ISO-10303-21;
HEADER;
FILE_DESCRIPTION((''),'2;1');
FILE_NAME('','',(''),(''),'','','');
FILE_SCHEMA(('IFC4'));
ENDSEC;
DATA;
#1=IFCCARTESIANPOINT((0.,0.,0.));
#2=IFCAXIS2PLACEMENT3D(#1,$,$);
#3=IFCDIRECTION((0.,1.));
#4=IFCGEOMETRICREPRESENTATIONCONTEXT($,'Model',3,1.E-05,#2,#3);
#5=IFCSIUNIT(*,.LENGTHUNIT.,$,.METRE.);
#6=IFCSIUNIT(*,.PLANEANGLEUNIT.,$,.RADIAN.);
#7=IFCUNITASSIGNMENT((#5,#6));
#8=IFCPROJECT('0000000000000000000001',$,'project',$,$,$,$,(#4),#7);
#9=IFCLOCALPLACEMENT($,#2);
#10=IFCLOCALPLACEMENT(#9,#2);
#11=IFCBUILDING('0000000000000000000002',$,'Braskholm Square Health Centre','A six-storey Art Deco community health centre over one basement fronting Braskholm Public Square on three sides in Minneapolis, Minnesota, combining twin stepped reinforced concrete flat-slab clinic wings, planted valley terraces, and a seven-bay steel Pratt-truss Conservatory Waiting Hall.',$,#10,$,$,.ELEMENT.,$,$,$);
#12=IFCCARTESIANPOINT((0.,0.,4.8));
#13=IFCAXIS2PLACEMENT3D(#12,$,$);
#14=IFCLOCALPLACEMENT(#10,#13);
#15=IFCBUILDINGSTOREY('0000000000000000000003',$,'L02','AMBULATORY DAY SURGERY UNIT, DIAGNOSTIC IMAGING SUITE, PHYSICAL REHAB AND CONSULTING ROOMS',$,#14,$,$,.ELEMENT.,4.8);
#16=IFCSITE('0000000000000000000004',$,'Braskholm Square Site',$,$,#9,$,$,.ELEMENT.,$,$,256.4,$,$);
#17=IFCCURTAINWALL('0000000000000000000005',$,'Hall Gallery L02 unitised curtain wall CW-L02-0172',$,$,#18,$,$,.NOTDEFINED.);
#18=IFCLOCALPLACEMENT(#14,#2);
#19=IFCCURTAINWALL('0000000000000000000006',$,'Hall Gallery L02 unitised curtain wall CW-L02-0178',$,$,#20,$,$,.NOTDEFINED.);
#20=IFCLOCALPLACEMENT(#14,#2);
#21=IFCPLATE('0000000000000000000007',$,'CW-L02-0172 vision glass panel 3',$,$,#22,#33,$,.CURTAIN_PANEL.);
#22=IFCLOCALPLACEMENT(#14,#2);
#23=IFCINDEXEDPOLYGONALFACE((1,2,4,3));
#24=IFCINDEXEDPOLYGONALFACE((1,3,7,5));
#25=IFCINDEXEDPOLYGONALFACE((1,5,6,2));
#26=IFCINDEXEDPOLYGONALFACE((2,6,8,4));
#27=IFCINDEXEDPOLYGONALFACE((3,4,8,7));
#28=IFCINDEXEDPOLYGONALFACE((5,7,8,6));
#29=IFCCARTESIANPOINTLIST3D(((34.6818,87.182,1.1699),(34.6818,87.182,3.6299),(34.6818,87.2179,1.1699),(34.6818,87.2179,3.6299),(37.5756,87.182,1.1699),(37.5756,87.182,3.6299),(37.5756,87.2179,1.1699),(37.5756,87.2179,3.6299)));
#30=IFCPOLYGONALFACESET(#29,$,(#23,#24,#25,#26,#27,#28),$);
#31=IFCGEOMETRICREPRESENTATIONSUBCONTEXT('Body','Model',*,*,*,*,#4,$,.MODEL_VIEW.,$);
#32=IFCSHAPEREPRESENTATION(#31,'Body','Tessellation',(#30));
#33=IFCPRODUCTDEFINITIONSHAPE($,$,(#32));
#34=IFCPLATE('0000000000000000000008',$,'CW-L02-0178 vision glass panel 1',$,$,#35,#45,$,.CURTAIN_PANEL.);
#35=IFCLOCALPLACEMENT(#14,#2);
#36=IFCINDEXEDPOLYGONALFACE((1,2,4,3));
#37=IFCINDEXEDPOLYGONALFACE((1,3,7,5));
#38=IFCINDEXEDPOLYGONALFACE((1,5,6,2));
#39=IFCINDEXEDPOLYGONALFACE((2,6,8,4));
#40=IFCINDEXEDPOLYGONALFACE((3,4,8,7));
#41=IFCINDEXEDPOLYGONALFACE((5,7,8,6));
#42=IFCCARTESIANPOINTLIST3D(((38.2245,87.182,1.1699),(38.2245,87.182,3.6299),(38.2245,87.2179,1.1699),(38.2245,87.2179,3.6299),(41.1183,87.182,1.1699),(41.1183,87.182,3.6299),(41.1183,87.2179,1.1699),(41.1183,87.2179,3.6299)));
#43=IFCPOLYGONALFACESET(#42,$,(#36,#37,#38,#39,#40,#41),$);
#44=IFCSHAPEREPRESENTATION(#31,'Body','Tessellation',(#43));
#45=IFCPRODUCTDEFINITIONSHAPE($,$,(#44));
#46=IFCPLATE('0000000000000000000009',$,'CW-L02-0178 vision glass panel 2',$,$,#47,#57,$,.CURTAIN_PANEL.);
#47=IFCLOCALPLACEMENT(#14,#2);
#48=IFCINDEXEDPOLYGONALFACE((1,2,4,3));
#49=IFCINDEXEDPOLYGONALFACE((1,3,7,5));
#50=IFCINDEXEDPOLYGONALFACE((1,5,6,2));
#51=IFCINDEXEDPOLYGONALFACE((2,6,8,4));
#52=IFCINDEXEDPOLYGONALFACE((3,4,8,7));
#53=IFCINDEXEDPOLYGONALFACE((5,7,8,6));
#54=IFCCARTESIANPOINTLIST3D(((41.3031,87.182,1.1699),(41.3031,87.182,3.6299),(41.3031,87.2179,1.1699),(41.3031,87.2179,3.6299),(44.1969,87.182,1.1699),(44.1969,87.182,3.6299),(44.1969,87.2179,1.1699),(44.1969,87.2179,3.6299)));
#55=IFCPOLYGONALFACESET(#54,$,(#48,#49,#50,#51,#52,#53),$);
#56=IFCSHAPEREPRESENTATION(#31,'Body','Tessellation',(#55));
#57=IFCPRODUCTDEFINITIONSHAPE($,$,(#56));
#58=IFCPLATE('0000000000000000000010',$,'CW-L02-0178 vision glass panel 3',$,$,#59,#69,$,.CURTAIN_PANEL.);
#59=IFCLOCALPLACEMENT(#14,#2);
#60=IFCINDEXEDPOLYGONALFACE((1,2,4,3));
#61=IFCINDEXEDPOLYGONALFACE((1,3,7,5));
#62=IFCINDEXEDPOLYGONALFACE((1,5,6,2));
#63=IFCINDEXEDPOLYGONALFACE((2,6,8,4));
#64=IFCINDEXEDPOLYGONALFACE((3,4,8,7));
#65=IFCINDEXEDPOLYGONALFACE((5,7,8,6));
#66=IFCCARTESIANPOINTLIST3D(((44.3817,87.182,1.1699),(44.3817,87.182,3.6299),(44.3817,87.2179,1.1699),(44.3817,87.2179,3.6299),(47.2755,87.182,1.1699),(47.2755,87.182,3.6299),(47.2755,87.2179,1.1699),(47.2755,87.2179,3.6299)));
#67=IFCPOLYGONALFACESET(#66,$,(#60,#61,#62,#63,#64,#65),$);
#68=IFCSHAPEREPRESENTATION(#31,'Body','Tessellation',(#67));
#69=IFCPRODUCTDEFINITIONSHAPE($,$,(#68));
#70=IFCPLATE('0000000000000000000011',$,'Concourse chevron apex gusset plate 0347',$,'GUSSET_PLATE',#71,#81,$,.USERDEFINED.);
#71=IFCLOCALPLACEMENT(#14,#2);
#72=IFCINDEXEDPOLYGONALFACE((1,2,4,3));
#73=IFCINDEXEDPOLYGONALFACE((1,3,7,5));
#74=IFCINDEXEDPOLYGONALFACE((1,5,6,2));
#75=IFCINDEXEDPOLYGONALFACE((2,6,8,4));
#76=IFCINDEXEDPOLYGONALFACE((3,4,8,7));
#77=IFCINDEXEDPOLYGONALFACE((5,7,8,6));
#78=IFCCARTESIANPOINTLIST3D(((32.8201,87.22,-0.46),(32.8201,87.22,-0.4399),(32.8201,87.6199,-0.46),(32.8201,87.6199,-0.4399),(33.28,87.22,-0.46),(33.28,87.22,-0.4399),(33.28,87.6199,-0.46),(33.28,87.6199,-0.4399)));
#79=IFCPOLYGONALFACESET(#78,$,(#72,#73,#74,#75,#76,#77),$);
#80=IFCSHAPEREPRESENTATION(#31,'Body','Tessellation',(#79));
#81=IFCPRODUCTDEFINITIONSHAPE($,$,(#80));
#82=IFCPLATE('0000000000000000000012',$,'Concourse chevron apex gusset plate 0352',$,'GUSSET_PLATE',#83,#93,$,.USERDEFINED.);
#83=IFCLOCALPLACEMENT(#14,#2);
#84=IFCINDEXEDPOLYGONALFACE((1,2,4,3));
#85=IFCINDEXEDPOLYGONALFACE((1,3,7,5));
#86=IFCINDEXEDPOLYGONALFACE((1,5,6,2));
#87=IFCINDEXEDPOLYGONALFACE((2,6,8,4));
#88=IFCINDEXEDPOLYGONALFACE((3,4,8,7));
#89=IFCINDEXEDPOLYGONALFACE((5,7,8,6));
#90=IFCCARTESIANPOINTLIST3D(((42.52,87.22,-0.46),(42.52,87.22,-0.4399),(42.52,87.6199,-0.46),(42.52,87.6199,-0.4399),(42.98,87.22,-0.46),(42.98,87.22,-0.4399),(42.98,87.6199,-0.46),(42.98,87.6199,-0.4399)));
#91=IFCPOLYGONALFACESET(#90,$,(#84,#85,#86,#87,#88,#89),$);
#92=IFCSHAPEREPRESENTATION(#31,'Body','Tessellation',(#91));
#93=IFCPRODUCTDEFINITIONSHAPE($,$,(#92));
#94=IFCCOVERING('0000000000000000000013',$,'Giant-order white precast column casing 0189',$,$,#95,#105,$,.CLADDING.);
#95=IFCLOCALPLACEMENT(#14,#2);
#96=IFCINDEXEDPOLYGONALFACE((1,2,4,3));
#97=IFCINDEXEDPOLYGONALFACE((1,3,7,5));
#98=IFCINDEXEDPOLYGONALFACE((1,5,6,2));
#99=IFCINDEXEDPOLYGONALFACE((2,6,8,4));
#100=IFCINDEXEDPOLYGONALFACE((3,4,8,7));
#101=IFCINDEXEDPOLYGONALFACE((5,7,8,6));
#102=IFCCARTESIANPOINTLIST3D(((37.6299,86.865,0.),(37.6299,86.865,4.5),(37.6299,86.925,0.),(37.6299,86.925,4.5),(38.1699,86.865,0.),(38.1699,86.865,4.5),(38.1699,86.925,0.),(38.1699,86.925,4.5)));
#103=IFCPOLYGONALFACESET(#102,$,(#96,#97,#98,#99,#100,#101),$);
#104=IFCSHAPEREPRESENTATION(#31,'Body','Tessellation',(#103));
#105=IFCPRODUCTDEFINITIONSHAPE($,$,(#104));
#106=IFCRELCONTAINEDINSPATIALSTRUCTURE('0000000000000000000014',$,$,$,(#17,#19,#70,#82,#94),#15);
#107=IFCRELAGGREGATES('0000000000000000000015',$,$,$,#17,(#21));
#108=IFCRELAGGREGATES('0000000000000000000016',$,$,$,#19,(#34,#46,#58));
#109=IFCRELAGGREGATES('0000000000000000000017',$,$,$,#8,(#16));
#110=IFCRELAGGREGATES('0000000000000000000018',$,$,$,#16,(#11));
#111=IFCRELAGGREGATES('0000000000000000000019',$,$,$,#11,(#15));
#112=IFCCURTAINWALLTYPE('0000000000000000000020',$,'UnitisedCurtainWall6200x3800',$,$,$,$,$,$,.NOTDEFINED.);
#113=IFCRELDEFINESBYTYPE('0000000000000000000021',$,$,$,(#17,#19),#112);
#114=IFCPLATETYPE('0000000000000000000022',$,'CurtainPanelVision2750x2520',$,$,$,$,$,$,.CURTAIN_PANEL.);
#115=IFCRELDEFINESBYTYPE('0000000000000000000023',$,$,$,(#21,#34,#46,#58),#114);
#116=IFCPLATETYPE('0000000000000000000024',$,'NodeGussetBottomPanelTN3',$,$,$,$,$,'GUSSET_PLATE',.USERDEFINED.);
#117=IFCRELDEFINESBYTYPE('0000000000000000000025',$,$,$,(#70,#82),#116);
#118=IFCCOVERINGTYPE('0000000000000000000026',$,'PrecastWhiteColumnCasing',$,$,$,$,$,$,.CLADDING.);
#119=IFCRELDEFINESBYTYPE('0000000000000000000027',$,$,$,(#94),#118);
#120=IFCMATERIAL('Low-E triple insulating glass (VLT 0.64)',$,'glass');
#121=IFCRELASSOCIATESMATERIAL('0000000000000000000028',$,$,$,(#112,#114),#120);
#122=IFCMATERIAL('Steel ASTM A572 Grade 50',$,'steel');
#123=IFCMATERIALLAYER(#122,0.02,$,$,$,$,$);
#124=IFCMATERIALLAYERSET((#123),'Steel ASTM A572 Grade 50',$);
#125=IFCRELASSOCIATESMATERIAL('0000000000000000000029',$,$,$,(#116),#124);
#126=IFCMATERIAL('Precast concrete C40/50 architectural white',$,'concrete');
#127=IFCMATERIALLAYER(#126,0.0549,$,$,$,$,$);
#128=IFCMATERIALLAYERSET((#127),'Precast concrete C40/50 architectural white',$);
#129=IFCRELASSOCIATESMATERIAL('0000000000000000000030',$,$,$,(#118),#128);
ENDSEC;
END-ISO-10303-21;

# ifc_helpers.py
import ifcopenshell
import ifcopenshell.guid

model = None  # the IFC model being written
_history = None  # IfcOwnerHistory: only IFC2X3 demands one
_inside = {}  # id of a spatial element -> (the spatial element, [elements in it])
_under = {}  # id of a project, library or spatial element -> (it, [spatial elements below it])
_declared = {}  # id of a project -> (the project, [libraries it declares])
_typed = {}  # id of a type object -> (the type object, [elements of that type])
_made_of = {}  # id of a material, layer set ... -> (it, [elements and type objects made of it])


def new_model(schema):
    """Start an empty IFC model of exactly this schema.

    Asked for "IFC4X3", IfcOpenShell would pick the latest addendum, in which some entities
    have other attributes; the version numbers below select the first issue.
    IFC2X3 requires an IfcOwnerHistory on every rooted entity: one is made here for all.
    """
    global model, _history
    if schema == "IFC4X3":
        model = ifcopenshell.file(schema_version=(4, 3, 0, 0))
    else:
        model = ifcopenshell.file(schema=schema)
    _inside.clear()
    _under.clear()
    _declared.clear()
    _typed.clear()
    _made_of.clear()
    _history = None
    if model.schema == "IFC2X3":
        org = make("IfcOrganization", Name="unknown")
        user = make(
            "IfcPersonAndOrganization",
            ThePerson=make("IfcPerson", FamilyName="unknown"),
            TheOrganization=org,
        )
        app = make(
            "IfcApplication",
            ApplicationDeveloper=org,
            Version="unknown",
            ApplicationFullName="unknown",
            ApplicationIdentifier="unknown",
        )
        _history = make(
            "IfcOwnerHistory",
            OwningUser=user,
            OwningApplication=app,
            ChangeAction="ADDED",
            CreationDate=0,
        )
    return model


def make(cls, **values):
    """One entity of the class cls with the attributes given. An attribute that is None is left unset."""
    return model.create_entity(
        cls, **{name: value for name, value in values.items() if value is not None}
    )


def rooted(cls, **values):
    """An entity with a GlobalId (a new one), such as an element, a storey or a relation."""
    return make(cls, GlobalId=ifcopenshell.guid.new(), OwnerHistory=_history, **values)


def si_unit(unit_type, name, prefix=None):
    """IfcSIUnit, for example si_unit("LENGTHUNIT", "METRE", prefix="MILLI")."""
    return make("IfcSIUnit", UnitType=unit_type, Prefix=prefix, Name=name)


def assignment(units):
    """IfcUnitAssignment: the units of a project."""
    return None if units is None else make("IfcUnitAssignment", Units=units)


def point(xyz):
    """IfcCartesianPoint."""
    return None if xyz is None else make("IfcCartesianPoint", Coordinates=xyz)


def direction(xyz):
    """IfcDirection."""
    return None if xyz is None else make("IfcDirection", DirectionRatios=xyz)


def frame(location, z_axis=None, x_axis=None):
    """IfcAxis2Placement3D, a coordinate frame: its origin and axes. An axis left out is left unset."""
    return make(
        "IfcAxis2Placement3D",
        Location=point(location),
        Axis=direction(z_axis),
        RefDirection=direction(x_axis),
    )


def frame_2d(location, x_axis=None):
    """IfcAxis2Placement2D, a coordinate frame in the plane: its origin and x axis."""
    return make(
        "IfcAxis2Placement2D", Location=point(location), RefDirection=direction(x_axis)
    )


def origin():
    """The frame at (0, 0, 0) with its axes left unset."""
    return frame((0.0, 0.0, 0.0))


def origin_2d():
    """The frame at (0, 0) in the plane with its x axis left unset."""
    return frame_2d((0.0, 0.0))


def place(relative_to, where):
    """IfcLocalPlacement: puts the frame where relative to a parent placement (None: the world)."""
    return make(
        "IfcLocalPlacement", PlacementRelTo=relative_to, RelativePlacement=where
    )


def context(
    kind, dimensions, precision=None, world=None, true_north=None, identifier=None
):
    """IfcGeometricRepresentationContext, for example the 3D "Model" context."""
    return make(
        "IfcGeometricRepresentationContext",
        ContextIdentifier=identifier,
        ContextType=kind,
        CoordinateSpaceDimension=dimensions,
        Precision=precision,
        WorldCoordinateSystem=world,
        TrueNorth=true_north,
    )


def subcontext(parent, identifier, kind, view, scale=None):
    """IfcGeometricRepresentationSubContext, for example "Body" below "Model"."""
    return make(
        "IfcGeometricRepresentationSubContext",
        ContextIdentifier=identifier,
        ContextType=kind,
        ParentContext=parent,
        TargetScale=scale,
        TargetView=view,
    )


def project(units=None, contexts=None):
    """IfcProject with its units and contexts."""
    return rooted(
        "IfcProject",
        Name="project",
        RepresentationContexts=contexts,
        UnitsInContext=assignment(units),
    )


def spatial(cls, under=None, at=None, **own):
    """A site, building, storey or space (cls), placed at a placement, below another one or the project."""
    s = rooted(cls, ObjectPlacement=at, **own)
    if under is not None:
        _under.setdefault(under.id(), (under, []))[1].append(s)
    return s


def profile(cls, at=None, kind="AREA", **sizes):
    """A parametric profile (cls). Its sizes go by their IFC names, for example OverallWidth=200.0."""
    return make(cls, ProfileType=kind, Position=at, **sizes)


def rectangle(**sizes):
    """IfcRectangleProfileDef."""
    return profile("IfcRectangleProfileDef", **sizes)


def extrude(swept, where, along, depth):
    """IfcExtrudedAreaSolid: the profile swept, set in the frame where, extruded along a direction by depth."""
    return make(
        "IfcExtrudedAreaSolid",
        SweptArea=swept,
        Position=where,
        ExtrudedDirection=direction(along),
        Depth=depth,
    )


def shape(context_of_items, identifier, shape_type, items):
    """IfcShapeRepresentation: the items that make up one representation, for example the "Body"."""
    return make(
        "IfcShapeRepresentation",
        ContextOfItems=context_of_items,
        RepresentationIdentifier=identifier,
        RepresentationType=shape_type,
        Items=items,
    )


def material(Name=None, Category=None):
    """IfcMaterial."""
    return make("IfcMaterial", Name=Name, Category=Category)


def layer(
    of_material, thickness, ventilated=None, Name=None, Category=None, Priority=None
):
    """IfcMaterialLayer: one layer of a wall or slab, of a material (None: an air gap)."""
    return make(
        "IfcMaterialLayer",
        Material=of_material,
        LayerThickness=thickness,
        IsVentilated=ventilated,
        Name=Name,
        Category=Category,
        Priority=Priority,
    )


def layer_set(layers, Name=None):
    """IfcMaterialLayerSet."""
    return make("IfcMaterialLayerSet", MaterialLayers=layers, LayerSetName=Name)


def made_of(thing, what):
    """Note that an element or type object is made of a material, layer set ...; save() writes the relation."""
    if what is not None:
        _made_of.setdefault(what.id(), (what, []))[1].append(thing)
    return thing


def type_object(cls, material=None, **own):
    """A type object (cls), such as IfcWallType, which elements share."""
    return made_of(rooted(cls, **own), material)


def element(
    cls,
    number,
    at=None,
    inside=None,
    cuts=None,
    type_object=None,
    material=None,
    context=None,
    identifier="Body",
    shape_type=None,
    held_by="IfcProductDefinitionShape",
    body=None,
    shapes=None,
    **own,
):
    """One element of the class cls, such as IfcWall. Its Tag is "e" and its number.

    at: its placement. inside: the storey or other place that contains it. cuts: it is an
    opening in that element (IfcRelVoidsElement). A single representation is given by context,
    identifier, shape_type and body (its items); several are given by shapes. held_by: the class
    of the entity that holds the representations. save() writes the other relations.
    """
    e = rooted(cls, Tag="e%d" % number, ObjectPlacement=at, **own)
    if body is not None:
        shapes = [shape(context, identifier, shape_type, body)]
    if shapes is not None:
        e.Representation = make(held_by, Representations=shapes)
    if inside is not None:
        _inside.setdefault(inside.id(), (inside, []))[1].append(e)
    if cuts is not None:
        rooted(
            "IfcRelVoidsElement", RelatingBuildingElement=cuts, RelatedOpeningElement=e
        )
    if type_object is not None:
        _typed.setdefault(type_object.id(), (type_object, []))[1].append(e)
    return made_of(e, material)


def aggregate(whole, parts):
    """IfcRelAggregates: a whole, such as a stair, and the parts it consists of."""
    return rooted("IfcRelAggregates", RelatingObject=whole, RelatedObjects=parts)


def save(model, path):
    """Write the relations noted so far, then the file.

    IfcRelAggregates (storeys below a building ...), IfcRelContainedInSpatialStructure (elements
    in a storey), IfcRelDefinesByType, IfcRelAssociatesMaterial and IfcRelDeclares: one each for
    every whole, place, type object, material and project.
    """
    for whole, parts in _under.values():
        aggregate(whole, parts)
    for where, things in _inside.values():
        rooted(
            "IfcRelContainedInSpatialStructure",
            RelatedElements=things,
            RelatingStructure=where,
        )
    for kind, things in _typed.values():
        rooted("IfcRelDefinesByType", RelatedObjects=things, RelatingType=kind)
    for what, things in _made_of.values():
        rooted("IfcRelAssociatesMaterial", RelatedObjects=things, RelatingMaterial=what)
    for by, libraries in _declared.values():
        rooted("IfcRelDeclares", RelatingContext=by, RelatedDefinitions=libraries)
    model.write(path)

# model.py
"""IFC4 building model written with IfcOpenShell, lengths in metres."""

from ifc_helpers import new_model, si_unit, direction, frame, origin, origin_2d, place, context, subcontext, project, spatial, rectangle, extrude, material, layer, layer_set, type_object, element, aggregate, save


model = new_model("IFC4")

# Units and contexts
model_context = context("Model", 3, precision=1e-05, world=origin(), true_north=direction((0.0, 1.0)))
body_context = subcontext(model_context, "Body", "Model", "MODEL_VIEW")
ifc_project = project(units=[si_unit("LENGTHUNIT", "METRE"), si_unit("PLANEANGLEUNIT", "RADIAN")], contexts=[model_context])

# Site, building, storey
site_placement = place(None, origin())
site = spatial("IfcSite", under=ifc_project, at=site_placement, Name="Braskholm Square Site", CompositionType="ELEMENT", RefElevation=256.4)
building_placement = place(site_placement, origin())
building = spatial("IfcBuilding", under=site, at=building_placement, Name="Braskholm Square Health Centre", Description="A six-storey Art Deco community health centre over one basement fronting Braskholm Public Square on three sides in Minneapolis, Minnesota, combining twin stepped reinforced concrete flat-slab clinic wings, planted valley terraces, and a seven-bay steel Pratt-truss Conservatory Waiting Hall.", CompositionType="ELEMENT")
storey_placement = place(building_placement, frame((0.0, 0.0, 4.8)))
storey = spatial("IfcBuildingStorey", under=building, at=storey_placement, Name="L02", Description="AMBULATORY DAY SURGERY UNIT, DIAGNOSTIC IMAGING SUITE, PHYSICAL REHAB AND CONSULTING ROOMS", CompositionType="ELEMENT", Elevation=4.8)

# Shared definitions
ifc_material_1 = material(Name="Precast concrete C40/50 architectural white", Category="concrete")

# Curtain walls
ifc_material_2 = material(Name="Low-E triple insulating glass (VLT 0.64)", Category="glass")
curtain_wall_type = type_object("IfcCurtainWallType", Name="UnitisedCurtainWall6200x3800", PredefinedType="NOTDEFINED", material=ifc_material_2)
curtain_wall_1_placement = place(storey_placement, origin())
curtain_wall_1 = element("IfcCurtainWall", 1, at=curtain_wall_1_placement, inside=storey, type_object=curtain_wall_type, Name="Hall Gallery L02 unitised curtain wall CW-L02-0172", PredefinedType="NOTDEFINED")
curtain_wall_2_placement = place(storey_placement, origin())
curtain_wall_2 = element("IfcCurtainWall", 2, at=curtain_wall_2_placement, inside=storey, type_object=curtain_wall_type, Name="Hall Gallery L02 unitised curtain wall CW-L02-0178", PredefinedType="NOTDEFINED")

# Shared definitions
ifc_material_3 = material(Name="Steel ASTM A572 Grade 50", Category="steel")

# Plates
plate_type_1 = type_object("IfcPlateType", Name="CurtainPanelVision2750x2520", PredefinedType="CURTAIN_PANEL", material=ifc_material_2)
plate_1_placement = place(storey_placement, frame((36.1287, 87.2, 1.1699), z_axis=(0.0, 0.0, 1.0), x_axis=(1.0, 0.0, 0.0)))
plate_1 = element("IfcPlate", 3, at=plate_1_placement, type_object=plate_type_1, Name="CW-L02-0172 vision glass panel 3", PredefinedType="CURTAIN_PANEL", context=body_context, shape_type="SweptSolid", body=[
    extrude(rectangle(XDim=2.8938, YDim=0.0359, at=origin_2d()), origin(), (0.0, 0.0, 1.0), 2.46),
])
aggregate(curtain_wall_1, [plate_1])
plate_2_placement = place(storey_placement, frame((39.6714, 87.2, 1.1699), z_axis=(0.0, 0.0, 1.0), x_axis=(1.0, 0.0, 0.0)))
plate_2 = element("IfcPlate", 4, at=plate_2_placement, type_object=plate_type_1, Name="CW-L02-0178 vision glass panel 1", PredefinedType="CURTAIN_PANEL", context=body_context, shape_type="SweptSolid", body=[
    extrude(rectangle(XDim=2.8938, YDim=0.0359, at=origin_2d()), origin(), (0.0, 0.0, 1.0), 2.46),
])
plate_3_placement = place(storey_placement, frame((42.75, 87.2, 1.1699), z_axis=(0.0, 0.0, 1.0), x_axis=(1.0, 0.0, 0.0)))
plate_3 = element("IfcPlate", 5, at=plate_3_placement, type_object=plate_type_1, Name="CW-L02-0178 vision glass panel 2", PredefinedType="CURTAIN_PANEL", context=body_context, shape_type="SweptSolid", body=[
    extrude(rectangle(XDim=2.8938, YDim=0.0359, at=origin_2d()), origin(), (0.0, 0.0, 1.0), 2.46),
])
plate_4_placement = place(storey_placement, frame((45.8286, 87.2, 1.1699), z_axis=(0.0, 0.0, 1.0), x_axis=(1.0, 0.0, 0.0)))
plate_4 = element("IfcPlate", 6, at=plate_4_placement, type_object=plate_type_1, Name="CW-L02-0178 vision glass panel 3", PredefinedType="CURTAIN_PANEL", context=body_context, shape_type="SweptSolid", body=[
    extrude(rectangle(XDim=2.8938, YDim=0.0359, at=origin_2d()), origin(), (0.0, 0.0, 1.0), 2.46),
])
aggregate(curtain_wall_2, [plate_2, plate_3, plate_4])

# Plates
ifc_layer_1 = layer(ifc_material_3, 0.02)
ifc_layer_set_1 = layer_set([ifc_layer_1], Name="Steel ASTM A572 Grade 50")
plate_type_2 = type_object("IfcPlateType", Name="NodeGussetBottomPanelTN3", ElementType="GUSSET_PLATE", PredefinedType="USERDEFINED", material=ifc_layer_set_1)
for number, where, z_axis, x_axis, name in (
    (7, (33.05, 87.4199, -0.46), (0.0, 0.0, 1.0), (1.0, 0.0, 0.0), "Concourse chevron apex gusset plate 0347"),
    (8, (42.75, 87.4199, -0.46), (0.0, 0.0, 1.0), (1.0, 0.0, 0.0), "Concourse chevron apex gusset plate 0352"),
):
    element("IfcPlate", number, at=place(storey_placement, frame(where, z_axis=z_axis, x_axis=x_axis)), inside=storey, type_object=plate_type_2, Name=name, ObjectType="GUSSET_PLATE", PredefinedType="USERDEFINED", context=body_context, shape_type="SweptSolid", body=[
        extrude(rectangle(XDim=0.46, YDim=0.3999, at=origin_2d()), origin(), (0.0, 0.0, 1.0), 0.02),
    ])

# Covering
ifc_layer_2 = layer(ifc_material_1, 0.0549)
ifc_layer_set_2 = layer_set([ifc_layer_2], Name="Precast concrete C40/50 architectural white")
covering_type = type_object("IfcCoveringType", Name="PrecastWhiteColumnCasing", PredefinedType="CLADDING", material=ifc_layer_set_2)
covering_placement = place(storey_placement, frame((37.8999, 86.895, 0.0), z_axis=(0.0, 0.0, 1.0), x_axis=(1.0, 0.0, 0.0)))
element("IfcCovering", 9, at=covering_placement, inside=storey, type_object=covering_type, Name="Giant-order white precast column casing 0189", PredefinedType="CLADDING", context=body_context, shape_type="SweptSolid", body=[
    extrude(rectangle(XDim=0.54, YDim=0.0601, at=origin_2d()), origin(), (0.0, 0.0, 1.0), 4.5),
])

save(model, "model.ifc")
